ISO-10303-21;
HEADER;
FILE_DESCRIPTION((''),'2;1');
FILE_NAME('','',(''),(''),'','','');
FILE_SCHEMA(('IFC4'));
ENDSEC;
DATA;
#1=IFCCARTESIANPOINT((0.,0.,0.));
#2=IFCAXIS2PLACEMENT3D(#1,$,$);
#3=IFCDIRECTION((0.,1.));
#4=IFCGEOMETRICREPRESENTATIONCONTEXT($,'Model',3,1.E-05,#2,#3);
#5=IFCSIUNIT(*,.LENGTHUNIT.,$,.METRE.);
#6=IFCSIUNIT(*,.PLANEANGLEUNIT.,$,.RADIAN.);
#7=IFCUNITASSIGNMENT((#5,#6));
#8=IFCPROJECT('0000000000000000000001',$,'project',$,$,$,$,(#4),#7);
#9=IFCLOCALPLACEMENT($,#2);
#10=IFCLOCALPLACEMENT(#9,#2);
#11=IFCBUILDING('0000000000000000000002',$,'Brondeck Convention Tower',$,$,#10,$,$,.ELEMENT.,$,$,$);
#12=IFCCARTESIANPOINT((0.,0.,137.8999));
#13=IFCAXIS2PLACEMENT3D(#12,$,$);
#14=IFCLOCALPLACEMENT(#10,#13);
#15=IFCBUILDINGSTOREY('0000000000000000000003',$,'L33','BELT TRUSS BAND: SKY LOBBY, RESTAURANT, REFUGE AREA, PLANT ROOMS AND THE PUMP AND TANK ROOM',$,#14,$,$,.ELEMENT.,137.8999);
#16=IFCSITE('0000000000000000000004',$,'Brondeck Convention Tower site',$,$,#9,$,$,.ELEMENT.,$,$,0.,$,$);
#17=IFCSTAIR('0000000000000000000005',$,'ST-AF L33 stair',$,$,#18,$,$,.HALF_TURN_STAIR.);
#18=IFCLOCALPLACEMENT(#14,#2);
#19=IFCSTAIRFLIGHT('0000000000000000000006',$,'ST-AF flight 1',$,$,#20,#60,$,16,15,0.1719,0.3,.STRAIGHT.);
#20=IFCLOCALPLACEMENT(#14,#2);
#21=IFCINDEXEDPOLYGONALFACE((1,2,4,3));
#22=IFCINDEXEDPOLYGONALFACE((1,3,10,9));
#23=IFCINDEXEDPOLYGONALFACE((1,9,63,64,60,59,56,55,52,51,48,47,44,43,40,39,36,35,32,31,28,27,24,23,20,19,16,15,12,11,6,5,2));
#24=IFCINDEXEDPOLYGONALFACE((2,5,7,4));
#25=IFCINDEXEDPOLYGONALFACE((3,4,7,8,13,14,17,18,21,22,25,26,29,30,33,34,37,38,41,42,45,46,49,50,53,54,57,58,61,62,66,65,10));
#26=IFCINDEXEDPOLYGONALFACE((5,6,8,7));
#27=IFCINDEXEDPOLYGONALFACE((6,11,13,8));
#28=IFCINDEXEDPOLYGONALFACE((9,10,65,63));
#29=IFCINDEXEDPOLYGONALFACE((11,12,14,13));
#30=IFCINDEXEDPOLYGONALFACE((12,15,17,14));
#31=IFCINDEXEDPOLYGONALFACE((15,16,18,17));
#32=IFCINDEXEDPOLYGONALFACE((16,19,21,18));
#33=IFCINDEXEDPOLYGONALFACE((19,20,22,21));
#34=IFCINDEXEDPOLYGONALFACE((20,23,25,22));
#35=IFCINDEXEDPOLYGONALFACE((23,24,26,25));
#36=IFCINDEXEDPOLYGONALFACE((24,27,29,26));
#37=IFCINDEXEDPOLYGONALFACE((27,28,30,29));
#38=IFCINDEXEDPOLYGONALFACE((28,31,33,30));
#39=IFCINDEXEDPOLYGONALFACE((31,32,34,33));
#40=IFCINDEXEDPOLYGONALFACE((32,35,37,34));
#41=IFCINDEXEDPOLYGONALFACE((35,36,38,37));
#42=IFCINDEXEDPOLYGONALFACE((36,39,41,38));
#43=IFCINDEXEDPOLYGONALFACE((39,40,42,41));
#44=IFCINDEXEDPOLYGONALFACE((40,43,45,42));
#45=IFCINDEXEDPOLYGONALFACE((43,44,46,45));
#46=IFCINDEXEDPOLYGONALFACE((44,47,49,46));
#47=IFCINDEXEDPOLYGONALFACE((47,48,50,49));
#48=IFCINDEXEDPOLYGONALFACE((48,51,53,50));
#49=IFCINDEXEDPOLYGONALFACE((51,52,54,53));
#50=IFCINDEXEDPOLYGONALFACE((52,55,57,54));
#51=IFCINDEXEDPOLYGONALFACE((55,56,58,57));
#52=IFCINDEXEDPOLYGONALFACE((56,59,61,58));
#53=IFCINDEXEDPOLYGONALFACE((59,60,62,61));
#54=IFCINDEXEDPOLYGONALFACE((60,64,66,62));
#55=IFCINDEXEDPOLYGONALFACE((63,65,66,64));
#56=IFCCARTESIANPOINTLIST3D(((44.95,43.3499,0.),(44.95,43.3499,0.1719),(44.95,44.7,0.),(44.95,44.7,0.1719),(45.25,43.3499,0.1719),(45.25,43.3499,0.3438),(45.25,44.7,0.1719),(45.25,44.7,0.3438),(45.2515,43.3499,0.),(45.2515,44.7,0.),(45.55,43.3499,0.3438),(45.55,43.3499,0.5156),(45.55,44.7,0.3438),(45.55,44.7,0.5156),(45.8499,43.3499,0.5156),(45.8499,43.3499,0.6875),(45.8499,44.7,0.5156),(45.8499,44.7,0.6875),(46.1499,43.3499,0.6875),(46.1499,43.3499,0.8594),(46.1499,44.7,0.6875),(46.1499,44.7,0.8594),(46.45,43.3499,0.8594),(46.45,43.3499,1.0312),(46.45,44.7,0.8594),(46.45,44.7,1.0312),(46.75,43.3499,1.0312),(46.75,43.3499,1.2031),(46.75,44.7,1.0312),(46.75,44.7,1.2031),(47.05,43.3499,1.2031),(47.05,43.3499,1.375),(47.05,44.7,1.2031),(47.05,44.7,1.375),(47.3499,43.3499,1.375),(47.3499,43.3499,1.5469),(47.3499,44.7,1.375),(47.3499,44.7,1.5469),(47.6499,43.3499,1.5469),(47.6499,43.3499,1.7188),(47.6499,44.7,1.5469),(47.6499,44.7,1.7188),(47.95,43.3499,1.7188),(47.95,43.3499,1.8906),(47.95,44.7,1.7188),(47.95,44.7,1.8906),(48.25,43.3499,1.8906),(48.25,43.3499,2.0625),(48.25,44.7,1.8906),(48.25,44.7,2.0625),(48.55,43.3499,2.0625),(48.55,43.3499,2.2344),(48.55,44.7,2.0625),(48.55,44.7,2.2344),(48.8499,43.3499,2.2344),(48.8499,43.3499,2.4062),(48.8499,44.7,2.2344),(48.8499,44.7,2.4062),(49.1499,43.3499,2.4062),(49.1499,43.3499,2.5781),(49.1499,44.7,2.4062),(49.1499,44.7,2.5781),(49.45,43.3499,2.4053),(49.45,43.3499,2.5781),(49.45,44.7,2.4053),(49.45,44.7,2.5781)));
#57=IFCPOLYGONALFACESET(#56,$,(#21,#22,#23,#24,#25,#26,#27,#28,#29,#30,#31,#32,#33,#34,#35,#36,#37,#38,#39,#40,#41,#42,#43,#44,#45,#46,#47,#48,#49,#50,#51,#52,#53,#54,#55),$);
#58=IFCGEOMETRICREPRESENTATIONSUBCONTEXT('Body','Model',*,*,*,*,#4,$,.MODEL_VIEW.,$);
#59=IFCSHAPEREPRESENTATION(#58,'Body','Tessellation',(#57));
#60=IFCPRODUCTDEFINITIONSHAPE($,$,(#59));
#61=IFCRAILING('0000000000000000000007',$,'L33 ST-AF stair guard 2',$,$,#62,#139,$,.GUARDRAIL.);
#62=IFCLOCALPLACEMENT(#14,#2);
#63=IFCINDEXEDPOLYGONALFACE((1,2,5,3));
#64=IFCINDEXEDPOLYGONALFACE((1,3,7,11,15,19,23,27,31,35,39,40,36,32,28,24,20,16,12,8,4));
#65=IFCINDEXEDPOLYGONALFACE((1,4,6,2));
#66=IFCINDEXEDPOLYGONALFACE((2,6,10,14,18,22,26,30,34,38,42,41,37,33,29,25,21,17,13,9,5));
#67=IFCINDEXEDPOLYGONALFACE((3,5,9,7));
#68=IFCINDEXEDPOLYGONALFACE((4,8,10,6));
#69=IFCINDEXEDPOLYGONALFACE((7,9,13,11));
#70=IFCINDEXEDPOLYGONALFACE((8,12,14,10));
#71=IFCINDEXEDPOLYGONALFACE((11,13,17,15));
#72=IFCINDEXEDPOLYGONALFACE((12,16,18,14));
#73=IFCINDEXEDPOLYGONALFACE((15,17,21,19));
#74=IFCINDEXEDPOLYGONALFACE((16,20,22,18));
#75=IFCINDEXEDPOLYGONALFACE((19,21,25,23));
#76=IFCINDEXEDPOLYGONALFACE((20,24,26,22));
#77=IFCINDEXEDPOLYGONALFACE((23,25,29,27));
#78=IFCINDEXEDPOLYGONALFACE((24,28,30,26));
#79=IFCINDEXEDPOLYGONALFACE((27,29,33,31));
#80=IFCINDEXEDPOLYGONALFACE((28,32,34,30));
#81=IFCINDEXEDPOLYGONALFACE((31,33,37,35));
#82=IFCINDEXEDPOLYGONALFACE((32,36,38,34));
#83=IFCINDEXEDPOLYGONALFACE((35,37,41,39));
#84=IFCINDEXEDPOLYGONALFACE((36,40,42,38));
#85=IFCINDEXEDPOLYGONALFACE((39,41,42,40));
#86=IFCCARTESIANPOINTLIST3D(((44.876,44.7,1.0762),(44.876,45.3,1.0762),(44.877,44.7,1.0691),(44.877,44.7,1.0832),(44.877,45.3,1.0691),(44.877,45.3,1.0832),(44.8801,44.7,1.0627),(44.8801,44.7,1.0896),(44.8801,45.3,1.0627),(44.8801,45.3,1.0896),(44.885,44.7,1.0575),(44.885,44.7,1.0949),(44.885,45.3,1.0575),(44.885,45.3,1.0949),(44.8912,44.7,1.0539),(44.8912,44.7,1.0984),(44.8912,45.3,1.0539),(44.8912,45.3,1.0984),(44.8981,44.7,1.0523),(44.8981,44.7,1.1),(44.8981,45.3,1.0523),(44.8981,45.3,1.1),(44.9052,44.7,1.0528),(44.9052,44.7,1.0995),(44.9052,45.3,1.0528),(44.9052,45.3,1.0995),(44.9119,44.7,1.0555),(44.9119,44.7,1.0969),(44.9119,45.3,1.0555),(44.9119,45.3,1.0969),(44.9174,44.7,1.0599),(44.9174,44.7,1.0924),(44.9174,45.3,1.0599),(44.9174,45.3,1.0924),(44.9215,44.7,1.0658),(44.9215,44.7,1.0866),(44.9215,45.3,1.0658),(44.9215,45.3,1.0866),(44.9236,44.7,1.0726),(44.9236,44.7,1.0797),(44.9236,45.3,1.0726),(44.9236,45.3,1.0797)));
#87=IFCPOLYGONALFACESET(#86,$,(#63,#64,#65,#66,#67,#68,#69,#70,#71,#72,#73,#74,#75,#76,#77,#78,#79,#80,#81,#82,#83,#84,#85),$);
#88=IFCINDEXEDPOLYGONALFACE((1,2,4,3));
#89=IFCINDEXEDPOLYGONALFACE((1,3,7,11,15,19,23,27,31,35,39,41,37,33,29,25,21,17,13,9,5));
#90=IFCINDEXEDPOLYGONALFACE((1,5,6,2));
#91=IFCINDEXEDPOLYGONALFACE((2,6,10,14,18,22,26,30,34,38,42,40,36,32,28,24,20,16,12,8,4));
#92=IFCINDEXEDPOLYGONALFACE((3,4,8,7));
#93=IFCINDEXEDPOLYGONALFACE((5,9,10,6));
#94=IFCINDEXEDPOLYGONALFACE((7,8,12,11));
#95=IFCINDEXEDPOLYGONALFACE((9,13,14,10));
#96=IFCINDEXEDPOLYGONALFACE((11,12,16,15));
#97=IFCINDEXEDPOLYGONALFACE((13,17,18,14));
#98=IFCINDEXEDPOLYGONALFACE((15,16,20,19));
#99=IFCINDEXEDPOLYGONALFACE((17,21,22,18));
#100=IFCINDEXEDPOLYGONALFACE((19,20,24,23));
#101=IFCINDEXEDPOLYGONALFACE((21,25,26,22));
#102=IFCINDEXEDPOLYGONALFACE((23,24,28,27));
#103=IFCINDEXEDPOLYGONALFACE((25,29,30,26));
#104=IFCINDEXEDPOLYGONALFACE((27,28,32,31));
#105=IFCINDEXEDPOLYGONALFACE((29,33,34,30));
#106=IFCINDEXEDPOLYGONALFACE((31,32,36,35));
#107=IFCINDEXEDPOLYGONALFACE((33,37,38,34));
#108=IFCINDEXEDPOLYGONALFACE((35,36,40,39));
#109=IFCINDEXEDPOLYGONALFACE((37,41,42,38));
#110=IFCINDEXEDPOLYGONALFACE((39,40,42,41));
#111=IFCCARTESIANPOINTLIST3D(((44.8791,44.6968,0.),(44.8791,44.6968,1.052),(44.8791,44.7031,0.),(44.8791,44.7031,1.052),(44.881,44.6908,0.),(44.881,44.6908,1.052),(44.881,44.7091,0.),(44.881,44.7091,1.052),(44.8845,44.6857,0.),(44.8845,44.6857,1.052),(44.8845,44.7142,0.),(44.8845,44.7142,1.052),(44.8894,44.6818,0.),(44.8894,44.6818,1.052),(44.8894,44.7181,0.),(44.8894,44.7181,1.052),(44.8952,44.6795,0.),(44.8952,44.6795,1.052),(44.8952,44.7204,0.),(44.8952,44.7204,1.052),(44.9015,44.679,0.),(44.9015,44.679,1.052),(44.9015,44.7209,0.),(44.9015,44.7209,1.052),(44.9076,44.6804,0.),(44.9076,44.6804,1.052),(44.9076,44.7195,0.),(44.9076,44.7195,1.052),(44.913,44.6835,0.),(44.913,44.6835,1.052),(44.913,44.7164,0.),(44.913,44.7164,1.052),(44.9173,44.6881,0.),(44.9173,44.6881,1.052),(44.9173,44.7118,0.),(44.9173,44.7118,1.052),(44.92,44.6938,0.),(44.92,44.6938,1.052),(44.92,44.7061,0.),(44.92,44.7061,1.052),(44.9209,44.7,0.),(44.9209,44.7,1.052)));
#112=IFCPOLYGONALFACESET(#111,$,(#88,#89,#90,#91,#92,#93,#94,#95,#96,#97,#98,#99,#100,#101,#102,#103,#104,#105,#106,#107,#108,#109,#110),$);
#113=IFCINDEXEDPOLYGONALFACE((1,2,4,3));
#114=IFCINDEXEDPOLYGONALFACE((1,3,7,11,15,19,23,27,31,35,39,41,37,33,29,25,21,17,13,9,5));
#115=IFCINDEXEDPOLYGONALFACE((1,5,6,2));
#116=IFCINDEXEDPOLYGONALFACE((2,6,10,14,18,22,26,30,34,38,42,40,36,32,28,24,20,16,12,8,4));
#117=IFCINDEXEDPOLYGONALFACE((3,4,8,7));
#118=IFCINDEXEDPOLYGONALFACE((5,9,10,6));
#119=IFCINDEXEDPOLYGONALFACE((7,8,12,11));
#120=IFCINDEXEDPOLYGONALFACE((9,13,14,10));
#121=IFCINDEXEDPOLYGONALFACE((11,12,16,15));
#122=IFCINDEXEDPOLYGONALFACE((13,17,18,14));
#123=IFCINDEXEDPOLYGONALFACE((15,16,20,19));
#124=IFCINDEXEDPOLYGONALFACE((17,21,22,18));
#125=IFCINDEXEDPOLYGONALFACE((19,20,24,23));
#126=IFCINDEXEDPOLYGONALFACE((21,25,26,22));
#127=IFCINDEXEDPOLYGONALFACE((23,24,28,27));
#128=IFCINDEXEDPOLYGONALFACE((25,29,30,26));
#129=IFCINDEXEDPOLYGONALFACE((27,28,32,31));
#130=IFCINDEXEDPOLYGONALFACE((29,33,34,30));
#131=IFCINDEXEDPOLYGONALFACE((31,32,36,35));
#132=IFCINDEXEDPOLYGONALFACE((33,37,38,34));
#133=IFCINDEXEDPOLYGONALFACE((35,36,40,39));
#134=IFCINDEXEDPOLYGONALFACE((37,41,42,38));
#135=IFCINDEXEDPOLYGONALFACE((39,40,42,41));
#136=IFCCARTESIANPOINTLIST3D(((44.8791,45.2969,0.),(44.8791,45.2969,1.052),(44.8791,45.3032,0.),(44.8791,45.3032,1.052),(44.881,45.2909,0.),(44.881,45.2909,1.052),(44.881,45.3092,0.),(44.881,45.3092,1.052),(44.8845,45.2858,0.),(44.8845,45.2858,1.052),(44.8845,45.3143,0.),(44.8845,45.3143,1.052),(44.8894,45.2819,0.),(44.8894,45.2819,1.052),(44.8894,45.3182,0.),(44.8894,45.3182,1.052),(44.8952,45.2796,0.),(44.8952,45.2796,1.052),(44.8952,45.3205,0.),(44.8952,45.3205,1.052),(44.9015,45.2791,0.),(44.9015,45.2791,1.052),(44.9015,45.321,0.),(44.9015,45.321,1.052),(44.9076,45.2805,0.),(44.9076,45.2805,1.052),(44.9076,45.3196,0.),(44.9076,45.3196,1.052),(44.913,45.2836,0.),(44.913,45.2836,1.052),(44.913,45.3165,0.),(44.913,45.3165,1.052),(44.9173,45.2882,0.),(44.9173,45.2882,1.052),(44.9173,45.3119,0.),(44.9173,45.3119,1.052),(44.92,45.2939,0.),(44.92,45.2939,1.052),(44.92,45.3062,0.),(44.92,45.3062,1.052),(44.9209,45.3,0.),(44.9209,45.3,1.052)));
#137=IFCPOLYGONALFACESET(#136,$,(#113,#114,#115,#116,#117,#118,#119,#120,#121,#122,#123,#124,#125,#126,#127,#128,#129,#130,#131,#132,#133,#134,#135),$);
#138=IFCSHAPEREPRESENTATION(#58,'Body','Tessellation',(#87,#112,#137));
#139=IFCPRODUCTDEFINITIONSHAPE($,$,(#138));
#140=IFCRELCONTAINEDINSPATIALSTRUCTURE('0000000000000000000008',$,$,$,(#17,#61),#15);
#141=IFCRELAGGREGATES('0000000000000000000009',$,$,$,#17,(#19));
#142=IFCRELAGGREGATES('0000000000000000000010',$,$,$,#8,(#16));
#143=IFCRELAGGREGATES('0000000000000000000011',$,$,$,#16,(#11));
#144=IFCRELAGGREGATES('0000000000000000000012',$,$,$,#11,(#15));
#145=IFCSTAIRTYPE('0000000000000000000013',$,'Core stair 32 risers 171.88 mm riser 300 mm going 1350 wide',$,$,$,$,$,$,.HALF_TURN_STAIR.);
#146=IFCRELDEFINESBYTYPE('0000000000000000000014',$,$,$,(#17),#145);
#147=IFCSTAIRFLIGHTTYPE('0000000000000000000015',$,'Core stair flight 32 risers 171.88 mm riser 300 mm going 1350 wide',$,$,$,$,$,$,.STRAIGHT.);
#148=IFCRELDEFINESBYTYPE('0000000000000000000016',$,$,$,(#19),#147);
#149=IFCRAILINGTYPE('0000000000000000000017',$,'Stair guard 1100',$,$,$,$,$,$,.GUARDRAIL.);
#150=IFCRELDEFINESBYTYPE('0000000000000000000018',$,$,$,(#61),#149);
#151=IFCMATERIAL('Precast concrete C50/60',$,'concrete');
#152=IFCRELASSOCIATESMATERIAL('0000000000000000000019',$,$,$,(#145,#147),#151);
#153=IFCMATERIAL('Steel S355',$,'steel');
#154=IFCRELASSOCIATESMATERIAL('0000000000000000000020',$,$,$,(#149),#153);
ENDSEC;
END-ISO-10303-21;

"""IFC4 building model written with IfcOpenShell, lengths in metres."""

from ifc_helpers import new_model, si_unit, direction, frame, origin, origin_2d, place, context, subcontext, project, spatial, polyline, circle, outline, extrude, material, type_object, element, aggregate, save


model = new_model("IFC4")

# Units and contexts
model_context = context("Model", 3, precision=1e-05, world=origin(), true_north=direction((0.0, 1.0)))
body_context = subcontext(model_context, "Body", "Model", "MODEL_VIEW")
ifc_project = project(units=[si_unit("LENGTHUNIT", "METRE"), si_unit("PLANEANGLEUNIT", "RADIAN")], contexts=[model_context])

# Site, building, storey
site_placement = place(None, origin())
site = spatial("IfcSite", under=ifc_project, at=site_placement, Name="Brondeck Convention Tower site", CompositionType="ELEMENT", RefElevation=0.0)
building_placement = place(site_placement, origin())
building = spatial("IfcBuilding", under=site, at=building_placement, Name="Brondeck Convention Tower", CompositionType="ELEMENT")
storey_placement = place(building_placement, frame((0.0, 0.0, 137.8999)))
storey = spatial("IfcBuildingStorey", under=building, at=storey_placement, Name="L33", Description="BELT TRUSS BAND: SKY LOBBY, RESTAURANT, REFUGE AREA, PLANT ROOMS AND THE PUMP AND TANK ROOM", CompositionType="ELEMENT", Elevation=137.8999)

# Shared definitions
ifc_material_1 = material(Name="Steel S355", Category="steel")

# Stair, stair flight
ifc_material_2 = material(Name="Precast concrete C50/60", Category="concrete")
stair_type = type_object("IfcStairType", Name="Core stair 32 risers 171.88 mm riser 300 mm going 1350 wide", PredefinedType="HALF_TURN_STAIR", material=ifc_material_2)
stair_placement = place(storey_placement, origin())
stair = element("IfcStair", 1, at=stair_placement, inside=storey, type_object=stair_type, Name="ST-AF L33 stair", PredefinedType="HALF_TURN_STAIR")
stair_flight_type = type_object("IfcStairFlightType", Name="Core stair flight 32 risers 171.88 mm riser 300 mm going 1350 wide", PredefinedType="STRAIGHT", material=ifc_material_2)
stair_flight_placement = place(storey_placement, frame((44.95, 44.0249, 0.0), z_axis=(0.0, 0.0, 1.0), x_axis=(1.0, 0.0, 0.0)))
stair_flight = element("IfcStairFlight", 2, at=stair_flight_placement, type_object=stair_flight_type, Name="ST-AF flight 1", NumberOfRisers=16, NumberOfTreads=15, PredefinedType="STRAIGHT", RiserHeight=0.1719, TreadLength=0.3, context=body_context, shape_type="SweptSolid", body=[
    extrude(outline(polyline([(0.0, 0.0), (0.0, 0.1719), (0.3, 0.1719), (0.3, 0.3438), (0.6001, 0.3438), (0.6001, 0.5156), (0.8999, 0.5156), (0.8999, 0.6875), (1.2, 0.6875), (1.2, 0.8594), (1.5, 0.8594), (1.5, 1.0312), (1.8, 1.0312), (1.8, 1.2031), (2.1001, 1.2031), (2.1001, 1.375), (2.3999, 1.375), (2.3999, 1.5469), (2.7, 1.5469), (2.7, 1.7188), (3.0, 1.7188), (3.0, 1.8906), (3.3, 1.8906), (3.3, 2.0625), (3.6001, 2.0625), (3.6001, 2.2344), (3.8999, 2.2344), (3.8999, 2.4062), (4.2, 2.4062), (4.2, 2.5781), (4.5, 2.5781), (4.5, 2.75), (4.5, 2.4053), (0.3015, 0.0), (0.0, 0.0)])), frame((0.0, 0.675, 0.0), z_axis=(0.0, -1.0, 0.0), x_axis=(1.0, 0.0, 0.0)), (0.0, 0.0, 1.0), 1.3501),
])
aggregate(stair, [stair_flight])

# Railing
railing_type_1 = type_object("IfcRailingType", Name="Stair guard 1100", PredefinedType="GUARDRAIL", material=ifc_material_1)
railing_1_placement = place(storey_placement, frame((44.8999, 44.7, 0.0)))
element("IfcRailing", 3, at=railing_1_placement, inside=storey, type_object=railing_type_1, Name="L33 ST-AF stair guard 2", PredefinedType="GUARDRAIL", context=body_context, shape_type="SweptSolid", body=[
    extrude(circle(Radius=0.0239, at=origin_2d()), frame((0.0, 0.0, 1.0762), z_axis=(0.0, 1.0, 0.0), x_axis=(-1.0, 0.0, 0.0)), (0.0, 0.0, 1.0), 0.6001),
    extrude(circle(Radius=0.021, at=origin_2d()), origin(), (0.0, 0.0, 1.0), 1.052),
    extrude(circle(Radius=0.021, at=origin_2d()), frame((0.0, 0.6001, 0.0)), (0.0, 0.0, 1.0), 1.052),
])

save(model, "model.ifc")
